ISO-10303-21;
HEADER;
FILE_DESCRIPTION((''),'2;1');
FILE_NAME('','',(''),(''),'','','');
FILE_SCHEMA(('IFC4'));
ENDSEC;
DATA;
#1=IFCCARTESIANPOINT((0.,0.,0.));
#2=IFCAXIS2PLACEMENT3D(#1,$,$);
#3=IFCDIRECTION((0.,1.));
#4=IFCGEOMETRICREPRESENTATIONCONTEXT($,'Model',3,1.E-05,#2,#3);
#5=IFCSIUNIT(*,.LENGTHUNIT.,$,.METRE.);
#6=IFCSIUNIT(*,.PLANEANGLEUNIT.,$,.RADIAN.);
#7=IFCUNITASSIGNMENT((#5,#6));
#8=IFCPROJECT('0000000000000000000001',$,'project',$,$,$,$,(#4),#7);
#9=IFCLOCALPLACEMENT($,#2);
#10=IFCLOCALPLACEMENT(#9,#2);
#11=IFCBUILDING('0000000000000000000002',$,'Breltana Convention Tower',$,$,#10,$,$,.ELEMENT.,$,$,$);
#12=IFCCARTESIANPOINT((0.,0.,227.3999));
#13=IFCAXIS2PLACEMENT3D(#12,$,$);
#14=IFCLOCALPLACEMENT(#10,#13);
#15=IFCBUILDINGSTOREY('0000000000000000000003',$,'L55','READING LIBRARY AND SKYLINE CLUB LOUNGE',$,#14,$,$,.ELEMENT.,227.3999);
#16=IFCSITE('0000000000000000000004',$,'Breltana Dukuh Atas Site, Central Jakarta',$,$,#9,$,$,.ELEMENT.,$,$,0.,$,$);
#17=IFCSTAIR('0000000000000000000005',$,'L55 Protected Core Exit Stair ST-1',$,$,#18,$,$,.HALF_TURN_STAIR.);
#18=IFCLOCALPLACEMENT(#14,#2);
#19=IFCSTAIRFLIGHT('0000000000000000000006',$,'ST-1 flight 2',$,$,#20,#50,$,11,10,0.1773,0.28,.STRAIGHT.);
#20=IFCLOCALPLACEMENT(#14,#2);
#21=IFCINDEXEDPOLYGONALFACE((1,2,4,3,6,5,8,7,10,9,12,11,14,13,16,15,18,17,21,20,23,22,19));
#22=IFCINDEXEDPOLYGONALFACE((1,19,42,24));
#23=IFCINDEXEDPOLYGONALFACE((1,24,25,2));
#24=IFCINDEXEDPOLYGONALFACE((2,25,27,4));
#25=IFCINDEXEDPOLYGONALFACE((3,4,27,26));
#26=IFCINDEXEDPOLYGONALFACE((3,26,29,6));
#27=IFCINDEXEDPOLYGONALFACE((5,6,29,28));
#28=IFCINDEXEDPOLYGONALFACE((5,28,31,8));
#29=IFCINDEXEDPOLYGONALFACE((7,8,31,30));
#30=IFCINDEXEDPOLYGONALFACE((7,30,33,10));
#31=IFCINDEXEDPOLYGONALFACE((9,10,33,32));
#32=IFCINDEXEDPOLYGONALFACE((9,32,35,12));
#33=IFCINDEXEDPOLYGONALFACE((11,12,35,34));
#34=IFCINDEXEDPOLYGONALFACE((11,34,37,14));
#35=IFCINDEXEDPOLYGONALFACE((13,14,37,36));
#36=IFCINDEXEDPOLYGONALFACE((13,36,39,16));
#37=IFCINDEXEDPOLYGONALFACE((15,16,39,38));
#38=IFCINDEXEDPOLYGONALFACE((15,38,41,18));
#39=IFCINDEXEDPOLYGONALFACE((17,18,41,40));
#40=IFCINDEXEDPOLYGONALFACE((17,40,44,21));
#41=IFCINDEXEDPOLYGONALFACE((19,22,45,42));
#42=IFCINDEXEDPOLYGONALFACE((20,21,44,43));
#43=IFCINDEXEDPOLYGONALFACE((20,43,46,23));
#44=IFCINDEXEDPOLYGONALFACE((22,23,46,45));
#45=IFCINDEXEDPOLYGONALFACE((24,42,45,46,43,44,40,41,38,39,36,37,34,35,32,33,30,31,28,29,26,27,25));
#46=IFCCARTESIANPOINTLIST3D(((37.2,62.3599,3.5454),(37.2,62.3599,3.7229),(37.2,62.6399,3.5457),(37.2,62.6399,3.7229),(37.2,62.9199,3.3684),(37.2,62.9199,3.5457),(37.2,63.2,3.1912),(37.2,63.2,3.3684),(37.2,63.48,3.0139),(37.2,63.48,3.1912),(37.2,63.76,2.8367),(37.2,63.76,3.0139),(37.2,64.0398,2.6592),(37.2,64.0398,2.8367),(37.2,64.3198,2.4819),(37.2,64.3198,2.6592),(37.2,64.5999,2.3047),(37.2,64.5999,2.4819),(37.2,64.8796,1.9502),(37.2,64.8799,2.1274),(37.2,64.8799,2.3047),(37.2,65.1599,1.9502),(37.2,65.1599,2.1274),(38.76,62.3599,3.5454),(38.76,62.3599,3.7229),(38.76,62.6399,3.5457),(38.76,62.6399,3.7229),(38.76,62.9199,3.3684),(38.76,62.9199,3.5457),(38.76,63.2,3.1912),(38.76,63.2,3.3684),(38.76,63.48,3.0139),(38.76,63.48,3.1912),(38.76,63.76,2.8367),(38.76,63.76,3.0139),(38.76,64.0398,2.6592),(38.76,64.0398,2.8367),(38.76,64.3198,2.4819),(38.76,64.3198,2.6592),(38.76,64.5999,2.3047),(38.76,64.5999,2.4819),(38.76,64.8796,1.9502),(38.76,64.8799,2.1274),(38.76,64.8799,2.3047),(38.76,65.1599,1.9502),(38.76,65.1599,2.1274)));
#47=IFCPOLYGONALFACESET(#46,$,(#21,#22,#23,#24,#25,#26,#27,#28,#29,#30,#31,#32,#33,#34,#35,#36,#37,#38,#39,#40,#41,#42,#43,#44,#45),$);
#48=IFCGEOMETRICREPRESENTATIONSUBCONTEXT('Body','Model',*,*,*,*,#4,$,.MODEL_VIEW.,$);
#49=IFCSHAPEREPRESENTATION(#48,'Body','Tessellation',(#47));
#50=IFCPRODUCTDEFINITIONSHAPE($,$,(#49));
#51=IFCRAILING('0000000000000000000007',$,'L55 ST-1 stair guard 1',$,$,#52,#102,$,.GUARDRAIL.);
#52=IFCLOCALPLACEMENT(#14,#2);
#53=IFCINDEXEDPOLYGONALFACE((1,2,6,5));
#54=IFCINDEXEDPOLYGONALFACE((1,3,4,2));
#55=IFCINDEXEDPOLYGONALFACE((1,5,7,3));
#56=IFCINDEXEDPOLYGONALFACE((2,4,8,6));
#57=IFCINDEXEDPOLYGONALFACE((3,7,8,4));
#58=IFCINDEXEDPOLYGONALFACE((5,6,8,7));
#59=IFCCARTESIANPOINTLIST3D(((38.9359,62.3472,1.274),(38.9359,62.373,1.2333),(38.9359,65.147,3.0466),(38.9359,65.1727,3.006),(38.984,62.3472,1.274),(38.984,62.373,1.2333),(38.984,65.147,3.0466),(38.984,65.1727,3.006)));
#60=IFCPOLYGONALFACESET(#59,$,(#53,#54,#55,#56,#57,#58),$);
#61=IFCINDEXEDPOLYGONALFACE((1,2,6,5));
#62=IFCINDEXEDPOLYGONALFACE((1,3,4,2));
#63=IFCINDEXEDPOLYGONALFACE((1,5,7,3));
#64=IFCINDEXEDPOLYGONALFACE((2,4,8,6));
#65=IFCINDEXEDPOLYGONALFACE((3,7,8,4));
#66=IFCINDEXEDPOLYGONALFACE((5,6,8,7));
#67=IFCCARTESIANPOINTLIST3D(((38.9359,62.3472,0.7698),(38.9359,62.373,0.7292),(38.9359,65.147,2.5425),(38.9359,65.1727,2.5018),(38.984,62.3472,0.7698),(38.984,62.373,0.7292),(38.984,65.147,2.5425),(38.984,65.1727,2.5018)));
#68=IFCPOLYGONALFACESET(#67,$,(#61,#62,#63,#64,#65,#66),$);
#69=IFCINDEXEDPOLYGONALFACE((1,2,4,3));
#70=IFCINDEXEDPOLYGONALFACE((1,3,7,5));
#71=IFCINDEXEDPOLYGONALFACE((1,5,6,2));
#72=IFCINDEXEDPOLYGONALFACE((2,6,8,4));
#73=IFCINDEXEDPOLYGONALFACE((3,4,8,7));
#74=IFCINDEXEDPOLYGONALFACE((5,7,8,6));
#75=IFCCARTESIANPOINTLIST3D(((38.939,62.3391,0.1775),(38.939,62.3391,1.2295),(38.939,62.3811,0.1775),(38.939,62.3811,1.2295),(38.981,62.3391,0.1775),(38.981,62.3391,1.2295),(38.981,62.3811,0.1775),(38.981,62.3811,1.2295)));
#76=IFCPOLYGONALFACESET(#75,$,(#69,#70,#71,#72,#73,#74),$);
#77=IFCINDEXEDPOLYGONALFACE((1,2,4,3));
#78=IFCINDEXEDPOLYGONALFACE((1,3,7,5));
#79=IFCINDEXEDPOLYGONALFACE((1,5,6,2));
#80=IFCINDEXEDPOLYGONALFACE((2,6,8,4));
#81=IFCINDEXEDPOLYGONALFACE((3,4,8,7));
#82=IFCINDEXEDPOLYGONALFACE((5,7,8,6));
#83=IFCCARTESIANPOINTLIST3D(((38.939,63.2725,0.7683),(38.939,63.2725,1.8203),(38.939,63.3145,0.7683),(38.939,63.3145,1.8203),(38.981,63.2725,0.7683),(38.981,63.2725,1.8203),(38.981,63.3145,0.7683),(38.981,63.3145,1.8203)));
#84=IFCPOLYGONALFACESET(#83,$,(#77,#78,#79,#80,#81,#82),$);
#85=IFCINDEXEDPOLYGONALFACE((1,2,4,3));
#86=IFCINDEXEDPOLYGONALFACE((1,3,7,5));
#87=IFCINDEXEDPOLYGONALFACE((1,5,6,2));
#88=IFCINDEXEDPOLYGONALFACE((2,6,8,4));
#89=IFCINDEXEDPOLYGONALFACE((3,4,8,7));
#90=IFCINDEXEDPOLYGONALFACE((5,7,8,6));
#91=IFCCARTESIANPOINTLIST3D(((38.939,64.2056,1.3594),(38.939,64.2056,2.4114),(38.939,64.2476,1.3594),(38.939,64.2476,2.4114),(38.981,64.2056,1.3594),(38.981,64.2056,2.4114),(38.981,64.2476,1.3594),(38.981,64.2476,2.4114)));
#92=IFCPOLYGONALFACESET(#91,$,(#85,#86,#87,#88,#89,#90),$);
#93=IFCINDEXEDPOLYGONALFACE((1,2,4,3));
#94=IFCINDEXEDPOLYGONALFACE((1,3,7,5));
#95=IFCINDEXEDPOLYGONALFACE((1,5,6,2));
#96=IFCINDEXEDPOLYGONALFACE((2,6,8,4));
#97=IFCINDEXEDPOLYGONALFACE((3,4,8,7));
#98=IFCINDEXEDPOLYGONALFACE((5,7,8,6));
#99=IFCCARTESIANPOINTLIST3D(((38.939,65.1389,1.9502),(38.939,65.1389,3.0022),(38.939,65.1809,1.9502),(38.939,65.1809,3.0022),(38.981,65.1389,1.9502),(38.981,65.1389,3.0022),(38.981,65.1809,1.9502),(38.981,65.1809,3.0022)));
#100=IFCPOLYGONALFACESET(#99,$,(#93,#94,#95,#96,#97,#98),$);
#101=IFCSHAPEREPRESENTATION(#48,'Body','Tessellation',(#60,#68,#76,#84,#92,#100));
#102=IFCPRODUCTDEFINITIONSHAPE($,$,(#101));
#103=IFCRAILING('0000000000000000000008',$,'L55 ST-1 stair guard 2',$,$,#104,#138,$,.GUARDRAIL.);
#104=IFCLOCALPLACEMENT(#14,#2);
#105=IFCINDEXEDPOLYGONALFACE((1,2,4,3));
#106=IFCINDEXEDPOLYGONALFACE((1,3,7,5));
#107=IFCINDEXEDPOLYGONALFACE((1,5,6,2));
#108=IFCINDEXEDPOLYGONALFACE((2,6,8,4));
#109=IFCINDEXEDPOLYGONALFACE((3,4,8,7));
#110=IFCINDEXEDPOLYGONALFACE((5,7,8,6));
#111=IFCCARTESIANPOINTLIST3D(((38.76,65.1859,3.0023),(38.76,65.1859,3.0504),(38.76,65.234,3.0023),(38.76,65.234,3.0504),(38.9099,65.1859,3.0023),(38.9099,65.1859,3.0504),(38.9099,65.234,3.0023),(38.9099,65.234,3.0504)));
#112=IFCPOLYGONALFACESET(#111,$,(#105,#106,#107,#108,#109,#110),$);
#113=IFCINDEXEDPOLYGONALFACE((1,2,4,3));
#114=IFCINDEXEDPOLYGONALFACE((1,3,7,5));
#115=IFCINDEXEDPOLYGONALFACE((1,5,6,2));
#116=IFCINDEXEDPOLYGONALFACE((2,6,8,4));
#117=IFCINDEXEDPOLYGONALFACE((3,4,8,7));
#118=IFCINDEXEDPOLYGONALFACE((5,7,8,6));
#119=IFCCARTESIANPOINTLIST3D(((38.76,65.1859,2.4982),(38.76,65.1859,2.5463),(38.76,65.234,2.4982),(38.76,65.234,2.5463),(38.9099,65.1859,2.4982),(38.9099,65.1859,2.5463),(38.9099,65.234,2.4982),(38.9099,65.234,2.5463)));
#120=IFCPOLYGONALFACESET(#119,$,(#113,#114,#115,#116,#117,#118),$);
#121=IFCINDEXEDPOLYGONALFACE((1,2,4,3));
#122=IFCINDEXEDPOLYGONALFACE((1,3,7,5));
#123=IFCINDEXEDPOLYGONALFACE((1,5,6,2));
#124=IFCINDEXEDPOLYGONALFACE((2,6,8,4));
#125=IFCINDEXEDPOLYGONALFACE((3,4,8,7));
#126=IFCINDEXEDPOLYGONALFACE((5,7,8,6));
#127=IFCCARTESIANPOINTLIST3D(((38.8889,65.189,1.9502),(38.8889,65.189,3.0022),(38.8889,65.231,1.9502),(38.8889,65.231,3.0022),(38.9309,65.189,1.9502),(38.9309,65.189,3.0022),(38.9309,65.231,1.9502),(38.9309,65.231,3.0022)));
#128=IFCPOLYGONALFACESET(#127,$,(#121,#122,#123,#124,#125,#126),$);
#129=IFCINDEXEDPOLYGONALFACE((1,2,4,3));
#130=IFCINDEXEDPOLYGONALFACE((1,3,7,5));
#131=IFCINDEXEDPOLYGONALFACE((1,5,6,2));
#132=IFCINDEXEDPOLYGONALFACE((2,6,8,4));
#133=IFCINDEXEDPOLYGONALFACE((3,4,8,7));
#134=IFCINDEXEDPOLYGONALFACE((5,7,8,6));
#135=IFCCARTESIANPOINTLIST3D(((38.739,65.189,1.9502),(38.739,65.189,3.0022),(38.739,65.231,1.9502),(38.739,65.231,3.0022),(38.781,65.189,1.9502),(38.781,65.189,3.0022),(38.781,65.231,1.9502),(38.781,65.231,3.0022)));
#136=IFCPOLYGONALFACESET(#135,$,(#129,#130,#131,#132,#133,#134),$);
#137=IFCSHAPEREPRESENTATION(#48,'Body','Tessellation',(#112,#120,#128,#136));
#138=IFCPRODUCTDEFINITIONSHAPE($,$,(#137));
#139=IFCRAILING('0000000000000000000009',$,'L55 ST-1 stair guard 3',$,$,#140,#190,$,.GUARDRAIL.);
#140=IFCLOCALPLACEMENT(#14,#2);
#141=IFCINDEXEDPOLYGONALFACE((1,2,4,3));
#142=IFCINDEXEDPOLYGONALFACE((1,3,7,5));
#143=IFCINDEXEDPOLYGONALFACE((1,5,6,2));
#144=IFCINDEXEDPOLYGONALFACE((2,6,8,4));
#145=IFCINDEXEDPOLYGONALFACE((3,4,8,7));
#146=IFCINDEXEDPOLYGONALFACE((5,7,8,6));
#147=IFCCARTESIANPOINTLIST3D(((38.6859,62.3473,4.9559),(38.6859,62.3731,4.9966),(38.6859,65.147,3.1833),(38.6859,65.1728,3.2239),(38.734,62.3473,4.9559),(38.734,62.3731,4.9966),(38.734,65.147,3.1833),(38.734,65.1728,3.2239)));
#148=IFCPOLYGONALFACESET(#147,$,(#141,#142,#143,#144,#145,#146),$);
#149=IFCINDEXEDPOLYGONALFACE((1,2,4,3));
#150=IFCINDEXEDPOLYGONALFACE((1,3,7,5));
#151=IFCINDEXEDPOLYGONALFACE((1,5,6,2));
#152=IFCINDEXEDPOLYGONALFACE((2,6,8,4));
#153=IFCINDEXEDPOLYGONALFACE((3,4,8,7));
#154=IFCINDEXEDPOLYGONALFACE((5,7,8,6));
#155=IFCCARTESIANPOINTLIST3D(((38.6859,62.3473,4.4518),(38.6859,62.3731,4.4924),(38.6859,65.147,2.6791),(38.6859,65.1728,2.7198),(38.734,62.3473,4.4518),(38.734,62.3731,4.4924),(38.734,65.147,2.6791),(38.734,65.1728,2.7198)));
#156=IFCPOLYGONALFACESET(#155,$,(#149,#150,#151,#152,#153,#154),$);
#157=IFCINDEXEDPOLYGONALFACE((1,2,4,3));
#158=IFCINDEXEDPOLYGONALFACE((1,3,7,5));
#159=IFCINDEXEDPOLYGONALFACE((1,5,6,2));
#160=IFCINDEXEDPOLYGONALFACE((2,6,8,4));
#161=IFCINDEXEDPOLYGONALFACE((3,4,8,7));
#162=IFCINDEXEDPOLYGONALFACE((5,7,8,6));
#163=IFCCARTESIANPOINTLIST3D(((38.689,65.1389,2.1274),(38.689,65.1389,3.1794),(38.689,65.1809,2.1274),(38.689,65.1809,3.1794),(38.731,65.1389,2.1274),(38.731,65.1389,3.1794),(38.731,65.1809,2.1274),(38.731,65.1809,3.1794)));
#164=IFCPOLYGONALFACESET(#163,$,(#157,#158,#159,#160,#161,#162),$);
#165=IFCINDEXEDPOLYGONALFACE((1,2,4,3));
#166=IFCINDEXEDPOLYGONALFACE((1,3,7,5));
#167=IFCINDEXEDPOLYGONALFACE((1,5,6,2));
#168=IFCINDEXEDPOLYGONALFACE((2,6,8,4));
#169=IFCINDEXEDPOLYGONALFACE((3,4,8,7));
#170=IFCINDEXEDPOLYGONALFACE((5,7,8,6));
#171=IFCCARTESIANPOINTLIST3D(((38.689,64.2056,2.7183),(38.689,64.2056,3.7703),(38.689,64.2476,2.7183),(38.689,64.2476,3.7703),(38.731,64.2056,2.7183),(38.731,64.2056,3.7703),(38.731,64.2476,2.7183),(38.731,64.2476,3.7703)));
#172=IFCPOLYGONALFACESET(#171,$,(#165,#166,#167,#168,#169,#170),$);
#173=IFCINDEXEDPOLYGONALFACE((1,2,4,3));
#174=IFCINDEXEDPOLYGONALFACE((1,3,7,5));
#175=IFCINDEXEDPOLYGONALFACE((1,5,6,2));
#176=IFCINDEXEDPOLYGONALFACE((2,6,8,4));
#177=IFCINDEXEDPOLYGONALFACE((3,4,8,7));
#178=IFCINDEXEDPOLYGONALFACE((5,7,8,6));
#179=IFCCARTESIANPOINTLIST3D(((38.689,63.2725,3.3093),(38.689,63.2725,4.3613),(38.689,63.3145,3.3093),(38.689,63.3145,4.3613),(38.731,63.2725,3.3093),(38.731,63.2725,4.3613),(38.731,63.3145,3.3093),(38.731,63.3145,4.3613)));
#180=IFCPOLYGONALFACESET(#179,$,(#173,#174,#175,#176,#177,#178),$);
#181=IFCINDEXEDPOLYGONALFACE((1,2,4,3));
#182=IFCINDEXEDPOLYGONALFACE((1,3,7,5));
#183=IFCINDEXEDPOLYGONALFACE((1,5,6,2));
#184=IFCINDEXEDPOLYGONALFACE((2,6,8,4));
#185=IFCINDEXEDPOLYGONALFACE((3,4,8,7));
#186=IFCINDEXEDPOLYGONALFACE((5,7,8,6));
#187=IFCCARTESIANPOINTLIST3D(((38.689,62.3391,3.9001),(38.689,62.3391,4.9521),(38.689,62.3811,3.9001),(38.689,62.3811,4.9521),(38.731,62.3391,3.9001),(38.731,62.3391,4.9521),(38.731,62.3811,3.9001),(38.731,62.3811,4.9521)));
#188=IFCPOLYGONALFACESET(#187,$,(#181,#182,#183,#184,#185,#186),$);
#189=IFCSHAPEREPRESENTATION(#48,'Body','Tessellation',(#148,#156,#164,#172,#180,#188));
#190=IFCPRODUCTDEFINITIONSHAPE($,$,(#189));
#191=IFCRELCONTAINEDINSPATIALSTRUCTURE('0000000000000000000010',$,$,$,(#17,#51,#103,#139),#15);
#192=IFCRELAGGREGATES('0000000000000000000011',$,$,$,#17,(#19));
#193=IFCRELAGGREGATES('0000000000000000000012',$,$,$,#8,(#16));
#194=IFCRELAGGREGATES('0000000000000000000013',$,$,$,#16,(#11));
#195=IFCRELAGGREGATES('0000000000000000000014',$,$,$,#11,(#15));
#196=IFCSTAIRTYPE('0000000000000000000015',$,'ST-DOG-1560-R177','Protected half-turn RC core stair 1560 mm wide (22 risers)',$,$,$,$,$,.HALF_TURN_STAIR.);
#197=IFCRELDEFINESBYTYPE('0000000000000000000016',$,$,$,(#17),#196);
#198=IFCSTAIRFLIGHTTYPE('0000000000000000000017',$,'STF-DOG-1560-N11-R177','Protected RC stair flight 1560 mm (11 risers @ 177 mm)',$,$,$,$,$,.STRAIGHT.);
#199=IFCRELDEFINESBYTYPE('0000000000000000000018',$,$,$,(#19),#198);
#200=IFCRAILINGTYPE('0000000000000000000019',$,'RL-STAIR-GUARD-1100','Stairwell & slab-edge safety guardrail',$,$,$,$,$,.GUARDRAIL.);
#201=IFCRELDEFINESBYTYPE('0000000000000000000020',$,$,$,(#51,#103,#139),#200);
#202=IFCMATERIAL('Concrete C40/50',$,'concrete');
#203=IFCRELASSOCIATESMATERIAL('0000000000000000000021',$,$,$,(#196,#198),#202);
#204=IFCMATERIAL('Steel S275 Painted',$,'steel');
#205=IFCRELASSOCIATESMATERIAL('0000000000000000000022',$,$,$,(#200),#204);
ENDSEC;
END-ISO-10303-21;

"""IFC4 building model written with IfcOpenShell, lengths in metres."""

from ifc_helpers import new_model, si_unit, direction, frame, origin, origin_2d, place, context, subcontext, project, spatial, polyline, rectangle, outline, extrude, material, type_object, element, aggregate, save


model = new_model("IFC4")

# Units and contexts
model_context = context("Model", 3, precision=1e-05, world=origin(), true_north=direction((0.0, 1.0)))
body_context = subcontext(model_context, "Body", "Model", "MODEL_VIEW")
ifc_project = project(units=[si_unit("LENGTHUNIT", "METRE"), si_unit("PLANEANGLEUNIT", "RADIAN")], contexts=[model_context])

# Site, building, storey
site_placement = place(None, origin())
site = spatial("IfcSite", under=ifc_project, at=site_placement, Name="Breltana Dukuh Atas Site, Central Jakarta", CompositionType="ELEMENT", RefElevation=0.0)
building_placement = place(site_placement, origin())
building = spatial("IfcBuilding", under=site, at=building_placement, Name="Breltana Convention Tower", CompositionType="ELEMENT")
storey_placement = place(building_placement, frame((0.0, 0.0, 227.3999)))
storey = spatial("IfcBuildingStorey", under=building, at=storey_placement, Name="L55", Description="READING LIBRARY AND SKYLINE CLUB LOUNGE", CompositionType="ELEMENT", Elevation=227.3999)

# Stair, stair flight
ifc_material_1 = material(Name="Concrete C40/50", Category="concrete")
stair_type = type_object("IfcStairType", Name="ST-DOG-1560-R177", Description="Protected half-turn RC core stair 1560 mm wide (22 risers)", PredefinedType="HALF_TURN_STAIR", material=ifc_material_1)
stair_placement = place(storey_placement, origin())
stair = element("IfcStair", 1, at=stair_placement, inside=storey, type_object=stair_type, Name="L55 Protected Core Exit Stair ST-1", PredefinedType="HALF_TURN_STAIR")
stair_flight_type = type_object("IfcStairFlightType", Name="STF-DOG-1560-N11-R177", Description="Protected RC stair flight 1560 mm (11 risers @ 177 mm)", PredefinedType="STRAIGHT", material=ifc_material_1)
stair_flight_1_placement = place(storey_placement, frame((37.98, 65.1599, 1.9502), z_axis=(0.0, 0.0, 1.0), x_axis=(0.0, -1.0, 0.0)))
stair_flight_1 = element("IfcStairFlight", 2, at=stair_flight_1_placement, type_object=stair_flight_type, Name="ST-1 flight 2", NumberOfRisers=11, NumberOfTreads=10, PredefinedType="STRAIGHT", RiserHeight=0.1773, TreadLength=0.28, context=body_context, shape_type="SweptSolid", body=[
    extrude(outline(polyline([(0.0, 0.0), (0.0, 0.1772), (0.28, 0.1772), (0.28, 0.3545), (0.5601, 0.3545), (0.5601, 0.5317), (0.8401, 0.5317), (0.8401, 0.709), (1.1201, 0.709), (1.1201, 0.8865), (1.3999, 0.8865), (1.3999, 1.0637), (1.6799, 1.0637), (1.6799, 1.241), (1.96, 1.241), (1.96, 1.4182), (2.24, 1.4182), (2.24, 1.5955), (2.52, 1.5955), (2.52, 1.7727), (2.8, 1.7727), (2.8, 1.95), (2.8, 1.5952), (0.2803, 0.0), (0.0, 0.0)])), frame((0.0, 0.78, 0.0), z_axis=(0.0, -1.0, 0.0), x_axis=(1.0, 0.0, 0.0)), (0.0, 0.0, 1.0), 1.5601),
])
aggregate(stair, [stair_flight_1])

# Railings
ifc_material_2 = material(Name="Steel S275 Painted", Category="steel")
railing_type_1 = type_object("IfcRailingType", Name="RL-STAIR-GUARD-1100", Description="Stairwell & slab-edge safety guardrail", PredefinedType="GUARDRAIL", material=ifc_material_2)
railing_1_placement = place(storey_placement, frame((38.96, 62.3601, 0.1775)))
element("IfcRailing", 3, at=railing_1_placement, inside=storey, type_object=railing_type_1, Name="L55 ST-1 stair guard 1", PredefinedType="GUARDRAIL", context=body_context, shape_type="SweptSolid", body=[
    extrude(rectangle(XDim=0.0481, YDim=0.0481, at=origin_2d()), frame((0.0, 0.0, 1.0762), z_axis=(0.0, 0.844888, 0.534943), x_axis=(-1.0, 0.0, 0.0)), (0.0, 0.0, 1.0), 3.3137),
    extrude(rectangle(XDim=0.0481, YDim=0.0481, at=origin_2d()), frame((0.0, 0.0, 0.572), z_axis=(0.0, 0.844888, 0.534943), x_axis=(-1.0, 0.0, 0.0)), (0.0, 0.0, 1.0), 3.3137),
    extrude(rectangle(XDim=0.042, YDim=0.042, at=origin_2d()), origin(), (0.0, 0.0, 1.0), 1.052),
    extrude(rectangle(XDim=0.042, YDim=0.042, at=origin_2d()), frame((0.0, 0.9333, 0.5908)), (0.0, 0.0, 1.0), 1.052),
    extrude(rectangle(XDim=0.042, YDim=0.042, at=origin_2d()), frame((0.0, 1.8665, 1.1819)), (0.0, 0.0, 1.0), 1.052),
    extrude(rectangle(XDim=0.042, YDim=0.042, at=origin_2d()), frame((0.0, 2.7998, 1.7727)), (0.0, 0.0, 1.0), 1.052),
])
railing_2_placement = place(storey_placement, frame((38.9099, 65.21, 1.9502)))
element("IfcRailing", 4, at=railing_2_placement, inside=storey, type_object=railing_type_1, Name="L55 ST-1 stair guard 2", PredefinedType="GUARDRAIL", context=body_context, shape_type="SweptSolid", body=[
    extrude(rectangle(XDim=0.0481, YDim=0.0481, at=origin_2d()), frame((0.0, 0.0, 1.0762), z_axis=(-1.0, 0.0, 0.0), x_axis=(0.0, -1.0, 0.0)), (0.0, 0.0, 1.0), 0.1499),
    extrude(rectangle(XDim=0.0481, YDim=0.0481, at=origin_2d()), frame((0.0, 0.0, 0.572), z_axis=(-1.0, 0.0, 0.0), x_axis=(0.0, -1.0, 0.0)), (0.0, 0.0, 1.0), 0.1499),
    extrude(rectangle(XDim=0.042, YDim=0.042, at=origin_2d()), origin(), (0.0, 0.0, 1.0), 1.052),
    extrude(rectangle(XDim=0.042, YDim=0.042, at=origin_2d()), frame((-0.1499, 0.0, 0.0)), (0.0, 0.0, 1.0), 1.052),
])
railing_3_placement = place(storey_placement, frame((38.71, 65.1599, 2.1274)))
element("IfcRailing", 5, at=railing_3_placement, inside=storey, type_object=railing_type_1, Name="L55 ST-1 stair guard 3", PredefinedType="GUARDRAIL", context=body_context, shape_type="SweptSolid", body=[
    extrude(rectangle(XDim=0.0481, YDim=0.0481, at=origin_2d()), frame((0.0, 0.0, 1.0762), z_axis=(0.0, -0.844888, 0.534943), x_axis=(1.0, 0.0, 0.0)), (0.0, 0.0, 1.0), 3.3137),
    extrude(rectangle(XDim=0.0481, YDim=0.0481, at=origin_2d()), frame((0.0, 0.0, 0.572), z_axis=(0.0, -0.844888, 0.534943), x_axis=(1.0, 0.0, 0.0)), (0.0, 0.0, 1.0), 3.3137),
    extrude(rectangle(XDim=0.042, YDim=0.042, at=origin_2d()), origin(), (0.0, 0.0, 1.0), 1.052),
    extrude(rectangle(XDim=0.042, YDim=0.042, at=origin_2d()), frame((0.0, -0.9333, 0.5908)), (0.0, 0.0, 1.0), 1.052),
    extrude(rectangle(XDim=0.042, YDim=0.042, at=origin_2d()), frame((0.0, -1.8665, 1.1819)), (0.0, 0.0, 1.0), 1.052),
    extrude(rectangle(XDim=0.042, YDim=0.042, at=origin_2d()), frame((0.0, -2.7998, 1.7727)), (0.0, 0.0, 1.0), 1.052),
])

save(model, "model.ifc")
